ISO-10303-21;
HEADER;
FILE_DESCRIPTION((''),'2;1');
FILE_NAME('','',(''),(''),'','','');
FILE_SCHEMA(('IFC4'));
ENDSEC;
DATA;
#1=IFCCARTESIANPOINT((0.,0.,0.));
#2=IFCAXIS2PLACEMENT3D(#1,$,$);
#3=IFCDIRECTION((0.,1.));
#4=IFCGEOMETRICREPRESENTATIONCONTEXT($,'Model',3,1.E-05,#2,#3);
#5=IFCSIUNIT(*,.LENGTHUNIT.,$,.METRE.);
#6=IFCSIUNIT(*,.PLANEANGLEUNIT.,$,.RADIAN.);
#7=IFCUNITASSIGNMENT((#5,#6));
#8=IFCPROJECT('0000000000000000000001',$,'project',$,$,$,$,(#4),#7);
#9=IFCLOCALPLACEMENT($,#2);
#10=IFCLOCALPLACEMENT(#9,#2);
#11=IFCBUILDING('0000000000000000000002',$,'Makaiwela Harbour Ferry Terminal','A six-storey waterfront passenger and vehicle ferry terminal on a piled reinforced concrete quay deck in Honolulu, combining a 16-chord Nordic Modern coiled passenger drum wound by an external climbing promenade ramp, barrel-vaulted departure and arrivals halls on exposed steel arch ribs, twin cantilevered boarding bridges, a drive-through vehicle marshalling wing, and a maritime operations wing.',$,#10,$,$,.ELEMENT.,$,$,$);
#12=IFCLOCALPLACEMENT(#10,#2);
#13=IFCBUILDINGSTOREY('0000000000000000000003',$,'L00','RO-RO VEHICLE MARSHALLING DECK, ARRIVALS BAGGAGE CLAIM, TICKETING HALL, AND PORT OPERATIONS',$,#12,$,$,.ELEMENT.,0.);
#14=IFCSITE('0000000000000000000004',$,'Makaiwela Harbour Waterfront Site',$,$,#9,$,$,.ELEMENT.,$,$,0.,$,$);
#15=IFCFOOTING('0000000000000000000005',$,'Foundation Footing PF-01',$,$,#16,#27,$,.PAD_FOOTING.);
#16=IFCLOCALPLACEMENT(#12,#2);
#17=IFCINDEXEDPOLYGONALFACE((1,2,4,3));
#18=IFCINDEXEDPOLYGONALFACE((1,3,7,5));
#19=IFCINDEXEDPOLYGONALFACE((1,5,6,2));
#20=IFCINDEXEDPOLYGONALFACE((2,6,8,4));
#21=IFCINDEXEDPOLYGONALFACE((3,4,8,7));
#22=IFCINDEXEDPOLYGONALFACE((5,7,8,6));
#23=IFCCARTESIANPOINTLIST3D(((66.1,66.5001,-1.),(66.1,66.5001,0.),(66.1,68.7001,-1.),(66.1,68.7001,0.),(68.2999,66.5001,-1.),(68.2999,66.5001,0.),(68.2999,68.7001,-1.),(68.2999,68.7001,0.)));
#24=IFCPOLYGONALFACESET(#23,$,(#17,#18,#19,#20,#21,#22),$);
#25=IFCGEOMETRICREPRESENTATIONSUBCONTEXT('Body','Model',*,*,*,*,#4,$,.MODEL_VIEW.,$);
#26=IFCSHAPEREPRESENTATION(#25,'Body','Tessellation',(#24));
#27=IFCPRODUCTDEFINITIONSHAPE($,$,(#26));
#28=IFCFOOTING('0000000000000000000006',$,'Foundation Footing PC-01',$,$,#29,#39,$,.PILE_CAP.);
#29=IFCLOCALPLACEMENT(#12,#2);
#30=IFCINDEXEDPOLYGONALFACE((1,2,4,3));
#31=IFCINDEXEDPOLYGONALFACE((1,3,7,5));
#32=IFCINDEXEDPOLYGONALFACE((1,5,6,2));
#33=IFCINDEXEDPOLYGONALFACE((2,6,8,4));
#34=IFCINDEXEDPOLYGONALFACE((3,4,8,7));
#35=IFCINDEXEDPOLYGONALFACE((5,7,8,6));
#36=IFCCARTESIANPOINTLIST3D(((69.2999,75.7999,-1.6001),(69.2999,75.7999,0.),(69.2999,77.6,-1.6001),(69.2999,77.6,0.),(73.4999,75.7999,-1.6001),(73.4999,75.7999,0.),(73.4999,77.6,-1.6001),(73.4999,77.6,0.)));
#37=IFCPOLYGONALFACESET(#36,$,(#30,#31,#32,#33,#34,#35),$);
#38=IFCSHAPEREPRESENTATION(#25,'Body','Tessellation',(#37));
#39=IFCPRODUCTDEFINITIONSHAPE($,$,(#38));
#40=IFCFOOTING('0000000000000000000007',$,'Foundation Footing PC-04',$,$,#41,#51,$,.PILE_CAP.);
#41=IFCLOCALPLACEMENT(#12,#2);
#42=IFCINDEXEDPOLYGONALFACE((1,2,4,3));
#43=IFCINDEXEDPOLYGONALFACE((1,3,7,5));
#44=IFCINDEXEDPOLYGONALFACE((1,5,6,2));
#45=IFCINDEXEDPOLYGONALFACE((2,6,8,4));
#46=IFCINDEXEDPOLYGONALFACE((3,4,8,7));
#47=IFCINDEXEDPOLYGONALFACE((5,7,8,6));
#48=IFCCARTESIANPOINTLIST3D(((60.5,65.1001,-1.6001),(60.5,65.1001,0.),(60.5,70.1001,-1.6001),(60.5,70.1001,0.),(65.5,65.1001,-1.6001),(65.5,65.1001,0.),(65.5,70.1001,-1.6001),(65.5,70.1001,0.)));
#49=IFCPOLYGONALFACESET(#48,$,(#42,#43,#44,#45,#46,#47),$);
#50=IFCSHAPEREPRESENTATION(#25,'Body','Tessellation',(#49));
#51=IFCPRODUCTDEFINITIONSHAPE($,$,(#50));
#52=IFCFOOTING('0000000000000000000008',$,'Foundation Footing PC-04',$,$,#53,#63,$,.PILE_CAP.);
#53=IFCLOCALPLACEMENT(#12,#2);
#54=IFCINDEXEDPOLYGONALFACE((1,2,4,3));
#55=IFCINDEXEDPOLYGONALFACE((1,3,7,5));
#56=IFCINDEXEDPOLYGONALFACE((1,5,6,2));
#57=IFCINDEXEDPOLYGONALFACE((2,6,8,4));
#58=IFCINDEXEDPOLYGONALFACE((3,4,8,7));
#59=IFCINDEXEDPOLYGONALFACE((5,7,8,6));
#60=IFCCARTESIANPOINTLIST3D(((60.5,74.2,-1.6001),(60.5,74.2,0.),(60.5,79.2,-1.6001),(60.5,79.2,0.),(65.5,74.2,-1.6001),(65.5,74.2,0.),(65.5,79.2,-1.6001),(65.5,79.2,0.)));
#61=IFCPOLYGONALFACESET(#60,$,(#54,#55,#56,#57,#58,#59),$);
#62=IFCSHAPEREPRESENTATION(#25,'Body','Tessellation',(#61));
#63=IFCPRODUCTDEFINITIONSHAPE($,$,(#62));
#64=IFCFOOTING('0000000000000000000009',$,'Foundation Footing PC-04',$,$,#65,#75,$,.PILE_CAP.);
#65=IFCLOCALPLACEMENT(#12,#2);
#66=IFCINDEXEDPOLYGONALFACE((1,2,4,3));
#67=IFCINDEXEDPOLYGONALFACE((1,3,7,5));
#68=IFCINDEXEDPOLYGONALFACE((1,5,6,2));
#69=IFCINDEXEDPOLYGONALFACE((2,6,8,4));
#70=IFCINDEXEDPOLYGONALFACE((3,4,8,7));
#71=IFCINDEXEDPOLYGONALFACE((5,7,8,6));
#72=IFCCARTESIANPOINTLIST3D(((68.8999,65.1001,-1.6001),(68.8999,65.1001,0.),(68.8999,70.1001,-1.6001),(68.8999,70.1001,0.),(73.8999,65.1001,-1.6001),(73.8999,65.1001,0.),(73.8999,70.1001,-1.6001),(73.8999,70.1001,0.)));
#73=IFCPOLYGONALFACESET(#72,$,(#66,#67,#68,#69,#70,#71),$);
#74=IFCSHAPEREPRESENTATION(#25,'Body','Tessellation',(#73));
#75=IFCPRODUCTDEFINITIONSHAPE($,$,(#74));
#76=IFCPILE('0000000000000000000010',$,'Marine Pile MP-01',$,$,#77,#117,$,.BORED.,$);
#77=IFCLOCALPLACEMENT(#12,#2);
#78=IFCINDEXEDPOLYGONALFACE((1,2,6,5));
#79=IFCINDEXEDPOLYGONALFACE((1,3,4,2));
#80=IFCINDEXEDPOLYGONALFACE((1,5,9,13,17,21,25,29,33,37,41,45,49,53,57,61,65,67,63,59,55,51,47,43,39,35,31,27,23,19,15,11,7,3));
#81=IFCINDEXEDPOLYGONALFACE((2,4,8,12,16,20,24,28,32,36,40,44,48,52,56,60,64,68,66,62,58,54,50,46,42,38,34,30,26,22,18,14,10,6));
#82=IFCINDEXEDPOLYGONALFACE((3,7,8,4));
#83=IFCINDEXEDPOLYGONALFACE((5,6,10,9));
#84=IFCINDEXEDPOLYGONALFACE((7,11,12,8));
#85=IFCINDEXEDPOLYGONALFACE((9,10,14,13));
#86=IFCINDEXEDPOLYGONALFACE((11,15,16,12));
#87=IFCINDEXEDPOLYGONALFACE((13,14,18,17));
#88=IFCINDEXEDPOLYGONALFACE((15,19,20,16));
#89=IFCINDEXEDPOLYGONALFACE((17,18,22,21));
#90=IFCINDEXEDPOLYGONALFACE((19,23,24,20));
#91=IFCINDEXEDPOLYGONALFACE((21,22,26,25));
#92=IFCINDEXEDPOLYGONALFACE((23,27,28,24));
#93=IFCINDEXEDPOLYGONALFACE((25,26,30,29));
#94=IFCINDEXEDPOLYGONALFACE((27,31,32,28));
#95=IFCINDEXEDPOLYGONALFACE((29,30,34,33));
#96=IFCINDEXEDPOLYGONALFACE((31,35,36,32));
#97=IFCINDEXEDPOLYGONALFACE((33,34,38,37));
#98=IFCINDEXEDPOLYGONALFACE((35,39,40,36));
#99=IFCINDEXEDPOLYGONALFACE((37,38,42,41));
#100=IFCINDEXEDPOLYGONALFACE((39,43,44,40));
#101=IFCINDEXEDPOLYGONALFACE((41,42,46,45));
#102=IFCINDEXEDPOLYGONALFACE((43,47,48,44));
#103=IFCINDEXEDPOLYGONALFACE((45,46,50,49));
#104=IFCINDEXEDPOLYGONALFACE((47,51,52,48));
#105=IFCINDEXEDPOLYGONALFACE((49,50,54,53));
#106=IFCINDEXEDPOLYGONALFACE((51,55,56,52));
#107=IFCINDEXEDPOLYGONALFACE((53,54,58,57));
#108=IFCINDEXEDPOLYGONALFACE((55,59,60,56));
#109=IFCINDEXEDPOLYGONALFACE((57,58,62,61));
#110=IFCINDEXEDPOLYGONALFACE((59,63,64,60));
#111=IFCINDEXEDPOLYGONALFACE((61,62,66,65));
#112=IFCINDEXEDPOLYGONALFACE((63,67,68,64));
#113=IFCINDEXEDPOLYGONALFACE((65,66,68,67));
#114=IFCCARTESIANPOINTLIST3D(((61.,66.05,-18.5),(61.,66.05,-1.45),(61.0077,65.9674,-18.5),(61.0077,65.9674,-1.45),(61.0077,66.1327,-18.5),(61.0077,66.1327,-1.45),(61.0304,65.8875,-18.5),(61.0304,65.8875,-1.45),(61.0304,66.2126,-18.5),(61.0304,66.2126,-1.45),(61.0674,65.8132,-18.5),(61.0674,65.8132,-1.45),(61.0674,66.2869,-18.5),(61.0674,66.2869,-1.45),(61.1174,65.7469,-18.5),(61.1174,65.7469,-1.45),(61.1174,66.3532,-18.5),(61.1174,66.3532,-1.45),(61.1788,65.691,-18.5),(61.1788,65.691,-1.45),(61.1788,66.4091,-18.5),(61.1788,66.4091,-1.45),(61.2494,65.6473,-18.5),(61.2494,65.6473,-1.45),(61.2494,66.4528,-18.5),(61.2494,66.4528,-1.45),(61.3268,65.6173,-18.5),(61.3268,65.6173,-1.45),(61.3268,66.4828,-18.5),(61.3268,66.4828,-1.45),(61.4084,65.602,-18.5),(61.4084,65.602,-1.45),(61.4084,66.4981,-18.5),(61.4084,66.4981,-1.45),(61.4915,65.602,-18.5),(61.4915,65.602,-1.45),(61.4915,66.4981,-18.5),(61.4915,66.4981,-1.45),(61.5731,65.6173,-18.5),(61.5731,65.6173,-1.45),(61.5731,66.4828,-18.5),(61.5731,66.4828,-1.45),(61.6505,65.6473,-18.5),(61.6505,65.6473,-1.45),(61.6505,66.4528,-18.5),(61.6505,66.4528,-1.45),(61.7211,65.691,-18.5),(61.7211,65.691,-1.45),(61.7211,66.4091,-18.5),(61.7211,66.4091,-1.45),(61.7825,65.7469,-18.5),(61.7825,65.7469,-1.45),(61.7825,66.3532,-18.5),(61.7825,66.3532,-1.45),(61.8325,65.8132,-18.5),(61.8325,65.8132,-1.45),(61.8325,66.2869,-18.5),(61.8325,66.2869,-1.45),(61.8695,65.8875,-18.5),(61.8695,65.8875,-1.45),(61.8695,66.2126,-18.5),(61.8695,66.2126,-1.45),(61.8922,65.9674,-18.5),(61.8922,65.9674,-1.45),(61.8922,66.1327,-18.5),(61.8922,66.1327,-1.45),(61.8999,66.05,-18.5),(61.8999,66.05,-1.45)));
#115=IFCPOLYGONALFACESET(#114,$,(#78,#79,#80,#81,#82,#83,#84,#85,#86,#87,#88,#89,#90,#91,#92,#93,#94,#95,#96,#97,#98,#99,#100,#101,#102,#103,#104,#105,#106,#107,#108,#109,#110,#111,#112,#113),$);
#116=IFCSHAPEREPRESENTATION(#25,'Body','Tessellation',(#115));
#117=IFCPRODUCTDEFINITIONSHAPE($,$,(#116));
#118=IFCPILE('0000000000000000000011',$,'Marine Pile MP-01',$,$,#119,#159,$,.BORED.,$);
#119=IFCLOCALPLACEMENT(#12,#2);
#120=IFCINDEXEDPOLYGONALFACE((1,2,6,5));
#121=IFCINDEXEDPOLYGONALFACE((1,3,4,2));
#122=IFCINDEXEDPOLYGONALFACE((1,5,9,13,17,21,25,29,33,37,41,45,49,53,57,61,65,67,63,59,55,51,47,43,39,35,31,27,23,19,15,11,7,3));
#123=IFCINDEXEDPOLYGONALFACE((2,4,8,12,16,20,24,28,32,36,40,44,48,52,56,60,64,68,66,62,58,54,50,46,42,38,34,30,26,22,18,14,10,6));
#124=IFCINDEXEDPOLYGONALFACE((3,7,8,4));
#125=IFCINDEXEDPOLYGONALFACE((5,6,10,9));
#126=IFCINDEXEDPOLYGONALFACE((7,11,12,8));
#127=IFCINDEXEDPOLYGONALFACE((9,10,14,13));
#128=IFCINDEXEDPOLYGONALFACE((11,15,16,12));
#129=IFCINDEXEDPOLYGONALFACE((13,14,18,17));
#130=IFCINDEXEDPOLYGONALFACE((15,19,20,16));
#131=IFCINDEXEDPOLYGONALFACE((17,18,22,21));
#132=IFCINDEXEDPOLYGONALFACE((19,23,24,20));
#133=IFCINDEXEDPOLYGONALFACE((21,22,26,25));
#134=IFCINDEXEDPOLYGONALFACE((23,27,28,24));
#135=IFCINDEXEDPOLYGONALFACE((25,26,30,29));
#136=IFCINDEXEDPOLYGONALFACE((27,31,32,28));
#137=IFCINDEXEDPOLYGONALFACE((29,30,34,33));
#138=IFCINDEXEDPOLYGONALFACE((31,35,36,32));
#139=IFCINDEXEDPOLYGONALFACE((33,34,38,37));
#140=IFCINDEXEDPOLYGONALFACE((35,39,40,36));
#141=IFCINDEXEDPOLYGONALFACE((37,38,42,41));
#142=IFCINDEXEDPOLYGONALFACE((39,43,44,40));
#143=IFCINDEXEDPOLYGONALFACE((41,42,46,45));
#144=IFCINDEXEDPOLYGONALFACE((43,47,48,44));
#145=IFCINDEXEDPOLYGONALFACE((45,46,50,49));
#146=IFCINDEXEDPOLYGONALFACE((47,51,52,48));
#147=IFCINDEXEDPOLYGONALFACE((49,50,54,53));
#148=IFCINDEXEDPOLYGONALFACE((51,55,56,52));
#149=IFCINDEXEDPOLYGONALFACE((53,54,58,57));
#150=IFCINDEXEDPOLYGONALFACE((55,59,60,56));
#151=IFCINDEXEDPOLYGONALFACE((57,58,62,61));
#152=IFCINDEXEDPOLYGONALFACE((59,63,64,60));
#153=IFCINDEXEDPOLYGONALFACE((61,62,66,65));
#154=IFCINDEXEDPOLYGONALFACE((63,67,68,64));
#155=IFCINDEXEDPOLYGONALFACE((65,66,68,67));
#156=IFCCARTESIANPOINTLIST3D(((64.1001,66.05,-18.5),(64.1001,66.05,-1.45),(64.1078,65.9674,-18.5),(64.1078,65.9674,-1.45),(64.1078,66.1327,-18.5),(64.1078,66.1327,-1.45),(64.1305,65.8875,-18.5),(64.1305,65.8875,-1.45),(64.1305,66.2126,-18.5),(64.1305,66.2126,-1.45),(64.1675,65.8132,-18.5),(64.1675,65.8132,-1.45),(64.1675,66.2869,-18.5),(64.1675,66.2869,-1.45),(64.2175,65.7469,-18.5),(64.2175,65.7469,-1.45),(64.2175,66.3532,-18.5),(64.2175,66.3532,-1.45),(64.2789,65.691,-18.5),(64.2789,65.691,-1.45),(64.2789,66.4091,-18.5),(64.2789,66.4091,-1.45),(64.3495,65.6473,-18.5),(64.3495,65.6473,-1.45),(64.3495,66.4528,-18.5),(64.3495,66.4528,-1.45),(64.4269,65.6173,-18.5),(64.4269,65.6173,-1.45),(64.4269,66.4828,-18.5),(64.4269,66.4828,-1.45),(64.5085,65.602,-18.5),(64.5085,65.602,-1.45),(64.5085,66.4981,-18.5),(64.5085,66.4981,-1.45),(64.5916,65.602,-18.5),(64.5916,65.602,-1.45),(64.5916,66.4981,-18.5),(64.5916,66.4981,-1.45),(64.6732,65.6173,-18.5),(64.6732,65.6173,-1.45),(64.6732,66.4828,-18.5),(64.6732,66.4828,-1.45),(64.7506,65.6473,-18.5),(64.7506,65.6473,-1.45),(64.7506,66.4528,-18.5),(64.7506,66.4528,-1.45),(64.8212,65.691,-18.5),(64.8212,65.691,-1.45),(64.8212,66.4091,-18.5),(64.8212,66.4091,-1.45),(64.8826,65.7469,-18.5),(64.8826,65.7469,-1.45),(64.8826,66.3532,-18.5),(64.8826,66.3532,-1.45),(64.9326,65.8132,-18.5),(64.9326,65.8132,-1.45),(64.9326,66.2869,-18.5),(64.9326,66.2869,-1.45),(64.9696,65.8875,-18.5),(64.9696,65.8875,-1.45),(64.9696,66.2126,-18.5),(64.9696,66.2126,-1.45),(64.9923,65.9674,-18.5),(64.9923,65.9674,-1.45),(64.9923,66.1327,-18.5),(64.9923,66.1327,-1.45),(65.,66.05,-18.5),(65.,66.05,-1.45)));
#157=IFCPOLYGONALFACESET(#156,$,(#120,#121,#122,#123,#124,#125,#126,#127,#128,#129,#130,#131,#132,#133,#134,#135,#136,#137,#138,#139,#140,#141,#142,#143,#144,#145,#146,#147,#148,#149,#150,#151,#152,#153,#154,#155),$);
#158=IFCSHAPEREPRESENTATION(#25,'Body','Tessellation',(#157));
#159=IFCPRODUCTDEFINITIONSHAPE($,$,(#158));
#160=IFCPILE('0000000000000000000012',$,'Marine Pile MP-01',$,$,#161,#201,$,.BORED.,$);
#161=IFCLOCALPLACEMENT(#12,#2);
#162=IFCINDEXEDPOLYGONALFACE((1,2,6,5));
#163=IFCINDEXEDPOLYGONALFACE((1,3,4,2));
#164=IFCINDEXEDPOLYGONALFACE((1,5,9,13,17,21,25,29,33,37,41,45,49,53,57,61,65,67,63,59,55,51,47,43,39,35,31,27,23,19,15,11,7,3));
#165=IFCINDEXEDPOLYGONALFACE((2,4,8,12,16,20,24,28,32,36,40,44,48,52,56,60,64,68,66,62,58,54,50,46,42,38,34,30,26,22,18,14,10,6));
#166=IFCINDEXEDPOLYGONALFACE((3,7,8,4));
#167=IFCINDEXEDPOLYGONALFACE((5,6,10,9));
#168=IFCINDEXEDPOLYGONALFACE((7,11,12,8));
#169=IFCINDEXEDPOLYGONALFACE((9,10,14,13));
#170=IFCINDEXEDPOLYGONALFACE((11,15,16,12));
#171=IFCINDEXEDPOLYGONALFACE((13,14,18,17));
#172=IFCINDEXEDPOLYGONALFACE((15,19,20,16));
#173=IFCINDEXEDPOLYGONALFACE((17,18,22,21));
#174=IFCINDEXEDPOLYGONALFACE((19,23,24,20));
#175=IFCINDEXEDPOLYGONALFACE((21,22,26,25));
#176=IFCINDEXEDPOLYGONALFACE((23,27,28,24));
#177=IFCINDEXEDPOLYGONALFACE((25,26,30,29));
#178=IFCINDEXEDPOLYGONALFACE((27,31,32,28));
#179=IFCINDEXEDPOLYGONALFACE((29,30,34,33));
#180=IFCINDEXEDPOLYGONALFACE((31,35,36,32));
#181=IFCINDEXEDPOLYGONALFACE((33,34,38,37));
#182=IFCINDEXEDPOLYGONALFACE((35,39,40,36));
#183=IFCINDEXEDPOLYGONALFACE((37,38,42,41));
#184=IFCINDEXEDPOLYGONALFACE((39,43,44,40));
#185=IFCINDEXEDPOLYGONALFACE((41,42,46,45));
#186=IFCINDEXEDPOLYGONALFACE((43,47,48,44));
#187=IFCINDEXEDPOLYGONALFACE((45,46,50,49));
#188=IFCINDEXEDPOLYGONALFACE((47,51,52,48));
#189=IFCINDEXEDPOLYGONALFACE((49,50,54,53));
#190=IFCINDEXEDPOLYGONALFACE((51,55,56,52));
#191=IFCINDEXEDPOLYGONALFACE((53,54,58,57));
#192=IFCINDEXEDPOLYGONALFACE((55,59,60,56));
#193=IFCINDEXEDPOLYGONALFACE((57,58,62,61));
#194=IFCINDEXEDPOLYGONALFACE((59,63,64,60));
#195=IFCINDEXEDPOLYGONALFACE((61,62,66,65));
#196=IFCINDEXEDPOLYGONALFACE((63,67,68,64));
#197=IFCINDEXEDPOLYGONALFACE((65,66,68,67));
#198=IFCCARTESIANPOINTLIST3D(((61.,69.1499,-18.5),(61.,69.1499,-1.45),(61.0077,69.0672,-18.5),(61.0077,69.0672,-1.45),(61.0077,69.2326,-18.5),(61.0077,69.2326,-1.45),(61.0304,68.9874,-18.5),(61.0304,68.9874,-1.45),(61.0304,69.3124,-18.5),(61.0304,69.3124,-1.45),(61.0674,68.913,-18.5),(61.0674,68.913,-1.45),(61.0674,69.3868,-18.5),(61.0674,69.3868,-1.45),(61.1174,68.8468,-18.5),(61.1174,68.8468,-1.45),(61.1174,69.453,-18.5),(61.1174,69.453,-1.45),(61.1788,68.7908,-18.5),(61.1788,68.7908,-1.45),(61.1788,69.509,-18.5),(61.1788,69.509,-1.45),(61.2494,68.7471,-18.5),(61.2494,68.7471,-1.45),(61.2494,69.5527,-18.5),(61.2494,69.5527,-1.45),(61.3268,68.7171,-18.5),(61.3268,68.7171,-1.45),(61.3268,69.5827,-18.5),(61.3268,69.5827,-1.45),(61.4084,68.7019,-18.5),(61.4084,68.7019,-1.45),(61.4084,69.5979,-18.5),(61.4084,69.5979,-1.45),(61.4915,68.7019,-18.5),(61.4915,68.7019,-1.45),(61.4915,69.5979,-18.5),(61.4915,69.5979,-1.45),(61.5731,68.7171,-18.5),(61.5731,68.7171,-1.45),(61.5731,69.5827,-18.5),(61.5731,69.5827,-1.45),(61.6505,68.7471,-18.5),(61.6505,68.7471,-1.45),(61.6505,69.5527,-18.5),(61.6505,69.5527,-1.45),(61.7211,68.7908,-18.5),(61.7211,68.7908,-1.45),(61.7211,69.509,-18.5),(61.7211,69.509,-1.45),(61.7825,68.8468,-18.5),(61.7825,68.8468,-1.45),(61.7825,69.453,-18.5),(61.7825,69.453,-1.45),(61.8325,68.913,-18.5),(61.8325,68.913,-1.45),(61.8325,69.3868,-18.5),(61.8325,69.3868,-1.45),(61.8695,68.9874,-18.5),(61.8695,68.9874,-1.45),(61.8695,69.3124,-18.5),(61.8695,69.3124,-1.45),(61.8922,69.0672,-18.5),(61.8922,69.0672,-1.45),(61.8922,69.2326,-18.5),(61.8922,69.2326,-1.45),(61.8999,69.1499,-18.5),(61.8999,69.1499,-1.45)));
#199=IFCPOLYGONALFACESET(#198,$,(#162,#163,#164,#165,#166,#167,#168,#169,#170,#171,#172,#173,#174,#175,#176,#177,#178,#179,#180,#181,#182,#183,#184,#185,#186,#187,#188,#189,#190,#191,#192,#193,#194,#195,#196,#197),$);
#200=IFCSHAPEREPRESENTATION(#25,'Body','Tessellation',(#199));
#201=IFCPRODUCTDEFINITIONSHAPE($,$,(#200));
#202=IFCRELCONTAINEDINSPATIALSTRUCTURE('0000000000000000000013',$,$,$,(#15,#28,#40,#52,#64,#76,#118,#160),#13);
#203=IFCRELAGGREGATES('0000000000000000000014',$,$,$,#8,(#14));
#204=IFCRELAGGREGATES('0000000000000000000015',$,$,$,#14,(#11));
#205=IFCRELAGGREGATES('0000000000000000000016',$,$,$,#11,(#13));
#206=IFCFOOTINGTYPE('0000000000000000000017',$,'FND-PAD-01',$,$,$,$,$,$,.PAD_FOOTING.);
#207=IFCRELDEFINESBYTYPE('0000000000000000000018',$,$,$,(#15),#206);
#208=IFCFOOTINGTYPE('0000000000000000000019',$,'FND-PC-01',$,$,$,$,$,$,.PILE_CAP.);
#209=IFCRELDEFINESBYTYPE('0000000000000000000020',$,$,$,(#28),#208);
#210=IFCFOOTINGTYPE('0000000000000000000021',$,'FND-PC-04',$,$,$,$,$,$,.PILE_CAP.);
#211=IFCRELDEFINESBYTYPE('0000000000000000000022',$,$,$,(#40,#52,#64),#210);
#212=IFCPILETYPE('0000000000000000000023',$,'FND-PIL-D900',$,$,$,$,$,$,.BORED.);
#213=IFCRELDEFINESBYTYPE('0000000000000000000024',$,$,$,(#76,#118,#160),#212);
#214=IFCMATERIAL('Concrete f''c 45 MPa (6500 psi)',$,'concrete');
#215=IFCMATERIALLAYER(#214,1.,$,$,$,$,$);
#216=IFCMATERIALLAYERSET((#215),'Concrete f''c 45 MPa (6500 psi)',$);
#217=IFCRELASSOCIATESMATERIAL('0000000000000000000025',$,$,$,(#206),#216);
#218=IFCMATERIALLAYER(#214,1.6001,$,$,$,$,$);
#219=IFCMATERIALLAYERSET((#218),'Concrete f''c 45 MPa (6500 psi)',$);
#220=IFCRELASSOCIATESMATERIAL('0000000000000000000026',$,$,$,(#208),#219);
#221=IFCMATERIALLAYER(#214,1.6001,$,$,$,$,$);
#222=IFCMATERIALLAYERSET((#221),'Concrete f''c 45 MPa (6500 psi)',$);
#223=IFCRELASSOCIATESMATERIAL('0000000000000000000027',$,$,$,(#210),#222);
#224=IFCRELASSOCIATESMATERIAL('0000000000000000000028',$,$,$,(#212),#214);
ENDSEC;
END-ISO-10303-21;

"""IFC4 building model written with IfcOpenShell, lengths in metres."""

from ifc_helpers import new_model, si_unit, direction, frame, origin, origin_2d, place, context, subcontext, project, spatial, rectangle, circle, extrude, material, layer, layer_set, material_profile, profile_set, type_object, element, save


model = new_model("IFC4")

# Units and contexts
model_context = context("Model", 3, precision=1e-05, world=origin(), true_north=direction((0.0, 1.0)))
body_context = subcontext(model_context, "Body", "Model", "MODEL_VIEW")
ifc_project = project(units=[si_unit("LENGTHUNIT", "METRE"), si_unit("PLANEANGLEUNIT", "RADIAN")], contexts=[model_context])

# Site, building, storey
site_placement = place(None, origin())
site = spatial("IfcSite", under=ifc_project, at=site_placement, Name="Makaiwela Harbour Waterfront Site", CompositionType="ELEMENT", RefElevation=0.0)
building_placement = place(site_placement, origin())
building = spatial("IfcBuilding", under=site, at=building_placement, Name="Makaiwela Harbour Ferry Terminal", Description="A six-storey waterfront passenger and vehicle ferry terminal on a piled reinforced concrete quay deck in Honolulu, combining a 16-chord Nordic Modern coiled passenger drum wound by an external climbing promenade ramp, barrel-vaulted departure and arrivals halls on exposed steel arch ribs, twin cantilevered boarding bridges, a drive-through vehicle marshalling wing, and a maritime operations wing.", CompositionType="ELEMENT")
storey_placement = place(building_placement, origin())
storey = spatial("IfcBuildingStorey", under=building, at=storey_placement, Name="L00", Description="RO-RO VEHICLE MARSHALLING DECK, ARRIVALS BAGGAGE CLAIM, TICKETING HALL, AND PORT OPERATIONS", CompositionType="ELEMENT", Elevation=0.0)

# Footings
ifc_material_1 = material(Name="Concrete f'c 45 MPa (6500 psi)", Category="concrete")
ifc_layer_1 = layer(ifc_material_1, 1.0)
ifc_layer_set_1 = layer_set([ifc_layer_1], Name="Concrete f'c 45 MPa (6500 psi)")
footing_type_1 = type_object("IfcFootingType", Name="FND-PAD-01", PredefinedType="PAD_FOOTING", material=ifc_layer_set_1)
footing_1_placement = place(storey_placement, frame((67.2, 67.6001, -1.0), z_axis=(0.0, 0.0, 1.0), x_axis=(1.0, 0.0, 0.0)))
element("IfcFooting", 1, at=footing_1_placement, inside=storey, type_object=footing_type_1, Name="Foundation Footing PF-01", PredefinedType="PAD_FOOTING", context=body_context, shape_type="SweptSolid", body=[
    extrude(rectangle(XDim=2.2, YDim=2.2, at=origin_2d()), origin(), (0.0, 0.0, 1.0), 1.0),
])
ifc_layer_2 = layer(ifc_material_1, 1.6001)
ifc_layer_set_2 = layer_set([ifc_layer_2], Name="Concrete f'c 45 MPa (6500 psi)")
footing_type_2 = type_object("IfcFootingType", Name="FND-PC-01", PredefinedType="PILE_CAP", material=ifc_layer_set_2)
footing_2_placement = place(storey_placement, frame((71.3999, 76.7, -1.6001), z_axis=(0.0, 0.0, 1.0), x_axis=(1.0, 0.0, 0.0)))
element("IfcFooting", 2, at=footing_2_placement, inside=storey, type_object=footing_type_2, Name="Foundation Footing PC-01", PredefinedType="PILE_CAP", context=body_context, shape_type="SweptSolid", body=[
    extrude(rectangle(XDim=4.2, YDim=1.8, at=origin_2d()), origin(), (0.0, 0.0, 1.0), 1.6001),
])
ifc_layer_3 = layer(ifc_material_1, 1.6001)
ifc_layer_set_3 = layer_set([ifc_layer_3], Name="Concrete f'c 45 MPa (6500 psi)")
footing_type_3 = type_object("IfcFootingType", Name="FND-PC-04", PredefinedType="PILE_CAP", material=ifc_layer_set_3)
for number, where, z_axis, x_axis, name in (
    (3, (63.0, 67.6001, -1.6001), (0.0, 0.0, 1.0), (1.0, 0.0, 0.0), "Foundation Footing PC-04"),
    (4, (63.0, 76.7, -1.6001), (0.0, 0.0, 1.0), (1.0, 0.0, 0.0), "Foundation Footing PC-04"),
    (5, (71.3999, 67.6001, -1.6001), (0.0, 0.0, 1.0), (1.0, 0.0, 0.0), "Foundation Footing PC-04"),
):
    element("IfcFooting", number, at=place(storey_placement, frame(where, z_axis=z_axis, x_axis=x_axis)), inside=storey, type_object=footing_type_3, Name=name, PredefinedType="PILE_CAP", context=body_context, shape_type="SweptSolid", body=[
        extrude(rectangle(XDim=5.0, YDim=5.0, at=origin_2d()), origin(), (0.0, 0.0, 1.0), 1.6001),
    ])

# Piles
ifc_material_profile_1 = material_profile(ifc_material_1, circle(Radius=0.45, at=origin_2d()), Name="PILE-D900")
ifc_profile_set_1 = profile_set([ifc_material_profile_1], Name="Concrete f'c 45 MPa (6500 psi)")
pile_type = type_object("IfcPileType", Name="FND-PIL-D900", PredefinedType="BORED", material=ifc_profile_set_1)
for number, where, z_axis, x_axis, name in (
    (6, (61.45, 66.05, -1.45), (0.0, 0.0, -1.0), (1.0, 0.0, 0.0), "Marine Pile MP-01"),
    (7, (64.55, 66.05, -1.45), (0.0, 0.0, -1.0), (1.0, 0.0, 0.0), "Marine Pile MP-01"),
    (8, (61.45, 69.1499, -1.45), (0.0, 0.0, -1.0), (1.0, 0.0, 0.0), "Marine Pile MP-01"),
):
    element("IfcPile", number, at=place(storey_placement, frame(where, z_axis=z_axis, x_axis=x_axis)), inside=storey, type_object=pile_type, Name=name, PredefinedType="BORED", context=body_context, shape_type="SweptSolid", body=[
        extrude(circle(Radius=0.45, at=origin_2d()), origin(), (0.0, 0.0, 1.0), 17.05),
    ])

save(model, "model.ifc")
